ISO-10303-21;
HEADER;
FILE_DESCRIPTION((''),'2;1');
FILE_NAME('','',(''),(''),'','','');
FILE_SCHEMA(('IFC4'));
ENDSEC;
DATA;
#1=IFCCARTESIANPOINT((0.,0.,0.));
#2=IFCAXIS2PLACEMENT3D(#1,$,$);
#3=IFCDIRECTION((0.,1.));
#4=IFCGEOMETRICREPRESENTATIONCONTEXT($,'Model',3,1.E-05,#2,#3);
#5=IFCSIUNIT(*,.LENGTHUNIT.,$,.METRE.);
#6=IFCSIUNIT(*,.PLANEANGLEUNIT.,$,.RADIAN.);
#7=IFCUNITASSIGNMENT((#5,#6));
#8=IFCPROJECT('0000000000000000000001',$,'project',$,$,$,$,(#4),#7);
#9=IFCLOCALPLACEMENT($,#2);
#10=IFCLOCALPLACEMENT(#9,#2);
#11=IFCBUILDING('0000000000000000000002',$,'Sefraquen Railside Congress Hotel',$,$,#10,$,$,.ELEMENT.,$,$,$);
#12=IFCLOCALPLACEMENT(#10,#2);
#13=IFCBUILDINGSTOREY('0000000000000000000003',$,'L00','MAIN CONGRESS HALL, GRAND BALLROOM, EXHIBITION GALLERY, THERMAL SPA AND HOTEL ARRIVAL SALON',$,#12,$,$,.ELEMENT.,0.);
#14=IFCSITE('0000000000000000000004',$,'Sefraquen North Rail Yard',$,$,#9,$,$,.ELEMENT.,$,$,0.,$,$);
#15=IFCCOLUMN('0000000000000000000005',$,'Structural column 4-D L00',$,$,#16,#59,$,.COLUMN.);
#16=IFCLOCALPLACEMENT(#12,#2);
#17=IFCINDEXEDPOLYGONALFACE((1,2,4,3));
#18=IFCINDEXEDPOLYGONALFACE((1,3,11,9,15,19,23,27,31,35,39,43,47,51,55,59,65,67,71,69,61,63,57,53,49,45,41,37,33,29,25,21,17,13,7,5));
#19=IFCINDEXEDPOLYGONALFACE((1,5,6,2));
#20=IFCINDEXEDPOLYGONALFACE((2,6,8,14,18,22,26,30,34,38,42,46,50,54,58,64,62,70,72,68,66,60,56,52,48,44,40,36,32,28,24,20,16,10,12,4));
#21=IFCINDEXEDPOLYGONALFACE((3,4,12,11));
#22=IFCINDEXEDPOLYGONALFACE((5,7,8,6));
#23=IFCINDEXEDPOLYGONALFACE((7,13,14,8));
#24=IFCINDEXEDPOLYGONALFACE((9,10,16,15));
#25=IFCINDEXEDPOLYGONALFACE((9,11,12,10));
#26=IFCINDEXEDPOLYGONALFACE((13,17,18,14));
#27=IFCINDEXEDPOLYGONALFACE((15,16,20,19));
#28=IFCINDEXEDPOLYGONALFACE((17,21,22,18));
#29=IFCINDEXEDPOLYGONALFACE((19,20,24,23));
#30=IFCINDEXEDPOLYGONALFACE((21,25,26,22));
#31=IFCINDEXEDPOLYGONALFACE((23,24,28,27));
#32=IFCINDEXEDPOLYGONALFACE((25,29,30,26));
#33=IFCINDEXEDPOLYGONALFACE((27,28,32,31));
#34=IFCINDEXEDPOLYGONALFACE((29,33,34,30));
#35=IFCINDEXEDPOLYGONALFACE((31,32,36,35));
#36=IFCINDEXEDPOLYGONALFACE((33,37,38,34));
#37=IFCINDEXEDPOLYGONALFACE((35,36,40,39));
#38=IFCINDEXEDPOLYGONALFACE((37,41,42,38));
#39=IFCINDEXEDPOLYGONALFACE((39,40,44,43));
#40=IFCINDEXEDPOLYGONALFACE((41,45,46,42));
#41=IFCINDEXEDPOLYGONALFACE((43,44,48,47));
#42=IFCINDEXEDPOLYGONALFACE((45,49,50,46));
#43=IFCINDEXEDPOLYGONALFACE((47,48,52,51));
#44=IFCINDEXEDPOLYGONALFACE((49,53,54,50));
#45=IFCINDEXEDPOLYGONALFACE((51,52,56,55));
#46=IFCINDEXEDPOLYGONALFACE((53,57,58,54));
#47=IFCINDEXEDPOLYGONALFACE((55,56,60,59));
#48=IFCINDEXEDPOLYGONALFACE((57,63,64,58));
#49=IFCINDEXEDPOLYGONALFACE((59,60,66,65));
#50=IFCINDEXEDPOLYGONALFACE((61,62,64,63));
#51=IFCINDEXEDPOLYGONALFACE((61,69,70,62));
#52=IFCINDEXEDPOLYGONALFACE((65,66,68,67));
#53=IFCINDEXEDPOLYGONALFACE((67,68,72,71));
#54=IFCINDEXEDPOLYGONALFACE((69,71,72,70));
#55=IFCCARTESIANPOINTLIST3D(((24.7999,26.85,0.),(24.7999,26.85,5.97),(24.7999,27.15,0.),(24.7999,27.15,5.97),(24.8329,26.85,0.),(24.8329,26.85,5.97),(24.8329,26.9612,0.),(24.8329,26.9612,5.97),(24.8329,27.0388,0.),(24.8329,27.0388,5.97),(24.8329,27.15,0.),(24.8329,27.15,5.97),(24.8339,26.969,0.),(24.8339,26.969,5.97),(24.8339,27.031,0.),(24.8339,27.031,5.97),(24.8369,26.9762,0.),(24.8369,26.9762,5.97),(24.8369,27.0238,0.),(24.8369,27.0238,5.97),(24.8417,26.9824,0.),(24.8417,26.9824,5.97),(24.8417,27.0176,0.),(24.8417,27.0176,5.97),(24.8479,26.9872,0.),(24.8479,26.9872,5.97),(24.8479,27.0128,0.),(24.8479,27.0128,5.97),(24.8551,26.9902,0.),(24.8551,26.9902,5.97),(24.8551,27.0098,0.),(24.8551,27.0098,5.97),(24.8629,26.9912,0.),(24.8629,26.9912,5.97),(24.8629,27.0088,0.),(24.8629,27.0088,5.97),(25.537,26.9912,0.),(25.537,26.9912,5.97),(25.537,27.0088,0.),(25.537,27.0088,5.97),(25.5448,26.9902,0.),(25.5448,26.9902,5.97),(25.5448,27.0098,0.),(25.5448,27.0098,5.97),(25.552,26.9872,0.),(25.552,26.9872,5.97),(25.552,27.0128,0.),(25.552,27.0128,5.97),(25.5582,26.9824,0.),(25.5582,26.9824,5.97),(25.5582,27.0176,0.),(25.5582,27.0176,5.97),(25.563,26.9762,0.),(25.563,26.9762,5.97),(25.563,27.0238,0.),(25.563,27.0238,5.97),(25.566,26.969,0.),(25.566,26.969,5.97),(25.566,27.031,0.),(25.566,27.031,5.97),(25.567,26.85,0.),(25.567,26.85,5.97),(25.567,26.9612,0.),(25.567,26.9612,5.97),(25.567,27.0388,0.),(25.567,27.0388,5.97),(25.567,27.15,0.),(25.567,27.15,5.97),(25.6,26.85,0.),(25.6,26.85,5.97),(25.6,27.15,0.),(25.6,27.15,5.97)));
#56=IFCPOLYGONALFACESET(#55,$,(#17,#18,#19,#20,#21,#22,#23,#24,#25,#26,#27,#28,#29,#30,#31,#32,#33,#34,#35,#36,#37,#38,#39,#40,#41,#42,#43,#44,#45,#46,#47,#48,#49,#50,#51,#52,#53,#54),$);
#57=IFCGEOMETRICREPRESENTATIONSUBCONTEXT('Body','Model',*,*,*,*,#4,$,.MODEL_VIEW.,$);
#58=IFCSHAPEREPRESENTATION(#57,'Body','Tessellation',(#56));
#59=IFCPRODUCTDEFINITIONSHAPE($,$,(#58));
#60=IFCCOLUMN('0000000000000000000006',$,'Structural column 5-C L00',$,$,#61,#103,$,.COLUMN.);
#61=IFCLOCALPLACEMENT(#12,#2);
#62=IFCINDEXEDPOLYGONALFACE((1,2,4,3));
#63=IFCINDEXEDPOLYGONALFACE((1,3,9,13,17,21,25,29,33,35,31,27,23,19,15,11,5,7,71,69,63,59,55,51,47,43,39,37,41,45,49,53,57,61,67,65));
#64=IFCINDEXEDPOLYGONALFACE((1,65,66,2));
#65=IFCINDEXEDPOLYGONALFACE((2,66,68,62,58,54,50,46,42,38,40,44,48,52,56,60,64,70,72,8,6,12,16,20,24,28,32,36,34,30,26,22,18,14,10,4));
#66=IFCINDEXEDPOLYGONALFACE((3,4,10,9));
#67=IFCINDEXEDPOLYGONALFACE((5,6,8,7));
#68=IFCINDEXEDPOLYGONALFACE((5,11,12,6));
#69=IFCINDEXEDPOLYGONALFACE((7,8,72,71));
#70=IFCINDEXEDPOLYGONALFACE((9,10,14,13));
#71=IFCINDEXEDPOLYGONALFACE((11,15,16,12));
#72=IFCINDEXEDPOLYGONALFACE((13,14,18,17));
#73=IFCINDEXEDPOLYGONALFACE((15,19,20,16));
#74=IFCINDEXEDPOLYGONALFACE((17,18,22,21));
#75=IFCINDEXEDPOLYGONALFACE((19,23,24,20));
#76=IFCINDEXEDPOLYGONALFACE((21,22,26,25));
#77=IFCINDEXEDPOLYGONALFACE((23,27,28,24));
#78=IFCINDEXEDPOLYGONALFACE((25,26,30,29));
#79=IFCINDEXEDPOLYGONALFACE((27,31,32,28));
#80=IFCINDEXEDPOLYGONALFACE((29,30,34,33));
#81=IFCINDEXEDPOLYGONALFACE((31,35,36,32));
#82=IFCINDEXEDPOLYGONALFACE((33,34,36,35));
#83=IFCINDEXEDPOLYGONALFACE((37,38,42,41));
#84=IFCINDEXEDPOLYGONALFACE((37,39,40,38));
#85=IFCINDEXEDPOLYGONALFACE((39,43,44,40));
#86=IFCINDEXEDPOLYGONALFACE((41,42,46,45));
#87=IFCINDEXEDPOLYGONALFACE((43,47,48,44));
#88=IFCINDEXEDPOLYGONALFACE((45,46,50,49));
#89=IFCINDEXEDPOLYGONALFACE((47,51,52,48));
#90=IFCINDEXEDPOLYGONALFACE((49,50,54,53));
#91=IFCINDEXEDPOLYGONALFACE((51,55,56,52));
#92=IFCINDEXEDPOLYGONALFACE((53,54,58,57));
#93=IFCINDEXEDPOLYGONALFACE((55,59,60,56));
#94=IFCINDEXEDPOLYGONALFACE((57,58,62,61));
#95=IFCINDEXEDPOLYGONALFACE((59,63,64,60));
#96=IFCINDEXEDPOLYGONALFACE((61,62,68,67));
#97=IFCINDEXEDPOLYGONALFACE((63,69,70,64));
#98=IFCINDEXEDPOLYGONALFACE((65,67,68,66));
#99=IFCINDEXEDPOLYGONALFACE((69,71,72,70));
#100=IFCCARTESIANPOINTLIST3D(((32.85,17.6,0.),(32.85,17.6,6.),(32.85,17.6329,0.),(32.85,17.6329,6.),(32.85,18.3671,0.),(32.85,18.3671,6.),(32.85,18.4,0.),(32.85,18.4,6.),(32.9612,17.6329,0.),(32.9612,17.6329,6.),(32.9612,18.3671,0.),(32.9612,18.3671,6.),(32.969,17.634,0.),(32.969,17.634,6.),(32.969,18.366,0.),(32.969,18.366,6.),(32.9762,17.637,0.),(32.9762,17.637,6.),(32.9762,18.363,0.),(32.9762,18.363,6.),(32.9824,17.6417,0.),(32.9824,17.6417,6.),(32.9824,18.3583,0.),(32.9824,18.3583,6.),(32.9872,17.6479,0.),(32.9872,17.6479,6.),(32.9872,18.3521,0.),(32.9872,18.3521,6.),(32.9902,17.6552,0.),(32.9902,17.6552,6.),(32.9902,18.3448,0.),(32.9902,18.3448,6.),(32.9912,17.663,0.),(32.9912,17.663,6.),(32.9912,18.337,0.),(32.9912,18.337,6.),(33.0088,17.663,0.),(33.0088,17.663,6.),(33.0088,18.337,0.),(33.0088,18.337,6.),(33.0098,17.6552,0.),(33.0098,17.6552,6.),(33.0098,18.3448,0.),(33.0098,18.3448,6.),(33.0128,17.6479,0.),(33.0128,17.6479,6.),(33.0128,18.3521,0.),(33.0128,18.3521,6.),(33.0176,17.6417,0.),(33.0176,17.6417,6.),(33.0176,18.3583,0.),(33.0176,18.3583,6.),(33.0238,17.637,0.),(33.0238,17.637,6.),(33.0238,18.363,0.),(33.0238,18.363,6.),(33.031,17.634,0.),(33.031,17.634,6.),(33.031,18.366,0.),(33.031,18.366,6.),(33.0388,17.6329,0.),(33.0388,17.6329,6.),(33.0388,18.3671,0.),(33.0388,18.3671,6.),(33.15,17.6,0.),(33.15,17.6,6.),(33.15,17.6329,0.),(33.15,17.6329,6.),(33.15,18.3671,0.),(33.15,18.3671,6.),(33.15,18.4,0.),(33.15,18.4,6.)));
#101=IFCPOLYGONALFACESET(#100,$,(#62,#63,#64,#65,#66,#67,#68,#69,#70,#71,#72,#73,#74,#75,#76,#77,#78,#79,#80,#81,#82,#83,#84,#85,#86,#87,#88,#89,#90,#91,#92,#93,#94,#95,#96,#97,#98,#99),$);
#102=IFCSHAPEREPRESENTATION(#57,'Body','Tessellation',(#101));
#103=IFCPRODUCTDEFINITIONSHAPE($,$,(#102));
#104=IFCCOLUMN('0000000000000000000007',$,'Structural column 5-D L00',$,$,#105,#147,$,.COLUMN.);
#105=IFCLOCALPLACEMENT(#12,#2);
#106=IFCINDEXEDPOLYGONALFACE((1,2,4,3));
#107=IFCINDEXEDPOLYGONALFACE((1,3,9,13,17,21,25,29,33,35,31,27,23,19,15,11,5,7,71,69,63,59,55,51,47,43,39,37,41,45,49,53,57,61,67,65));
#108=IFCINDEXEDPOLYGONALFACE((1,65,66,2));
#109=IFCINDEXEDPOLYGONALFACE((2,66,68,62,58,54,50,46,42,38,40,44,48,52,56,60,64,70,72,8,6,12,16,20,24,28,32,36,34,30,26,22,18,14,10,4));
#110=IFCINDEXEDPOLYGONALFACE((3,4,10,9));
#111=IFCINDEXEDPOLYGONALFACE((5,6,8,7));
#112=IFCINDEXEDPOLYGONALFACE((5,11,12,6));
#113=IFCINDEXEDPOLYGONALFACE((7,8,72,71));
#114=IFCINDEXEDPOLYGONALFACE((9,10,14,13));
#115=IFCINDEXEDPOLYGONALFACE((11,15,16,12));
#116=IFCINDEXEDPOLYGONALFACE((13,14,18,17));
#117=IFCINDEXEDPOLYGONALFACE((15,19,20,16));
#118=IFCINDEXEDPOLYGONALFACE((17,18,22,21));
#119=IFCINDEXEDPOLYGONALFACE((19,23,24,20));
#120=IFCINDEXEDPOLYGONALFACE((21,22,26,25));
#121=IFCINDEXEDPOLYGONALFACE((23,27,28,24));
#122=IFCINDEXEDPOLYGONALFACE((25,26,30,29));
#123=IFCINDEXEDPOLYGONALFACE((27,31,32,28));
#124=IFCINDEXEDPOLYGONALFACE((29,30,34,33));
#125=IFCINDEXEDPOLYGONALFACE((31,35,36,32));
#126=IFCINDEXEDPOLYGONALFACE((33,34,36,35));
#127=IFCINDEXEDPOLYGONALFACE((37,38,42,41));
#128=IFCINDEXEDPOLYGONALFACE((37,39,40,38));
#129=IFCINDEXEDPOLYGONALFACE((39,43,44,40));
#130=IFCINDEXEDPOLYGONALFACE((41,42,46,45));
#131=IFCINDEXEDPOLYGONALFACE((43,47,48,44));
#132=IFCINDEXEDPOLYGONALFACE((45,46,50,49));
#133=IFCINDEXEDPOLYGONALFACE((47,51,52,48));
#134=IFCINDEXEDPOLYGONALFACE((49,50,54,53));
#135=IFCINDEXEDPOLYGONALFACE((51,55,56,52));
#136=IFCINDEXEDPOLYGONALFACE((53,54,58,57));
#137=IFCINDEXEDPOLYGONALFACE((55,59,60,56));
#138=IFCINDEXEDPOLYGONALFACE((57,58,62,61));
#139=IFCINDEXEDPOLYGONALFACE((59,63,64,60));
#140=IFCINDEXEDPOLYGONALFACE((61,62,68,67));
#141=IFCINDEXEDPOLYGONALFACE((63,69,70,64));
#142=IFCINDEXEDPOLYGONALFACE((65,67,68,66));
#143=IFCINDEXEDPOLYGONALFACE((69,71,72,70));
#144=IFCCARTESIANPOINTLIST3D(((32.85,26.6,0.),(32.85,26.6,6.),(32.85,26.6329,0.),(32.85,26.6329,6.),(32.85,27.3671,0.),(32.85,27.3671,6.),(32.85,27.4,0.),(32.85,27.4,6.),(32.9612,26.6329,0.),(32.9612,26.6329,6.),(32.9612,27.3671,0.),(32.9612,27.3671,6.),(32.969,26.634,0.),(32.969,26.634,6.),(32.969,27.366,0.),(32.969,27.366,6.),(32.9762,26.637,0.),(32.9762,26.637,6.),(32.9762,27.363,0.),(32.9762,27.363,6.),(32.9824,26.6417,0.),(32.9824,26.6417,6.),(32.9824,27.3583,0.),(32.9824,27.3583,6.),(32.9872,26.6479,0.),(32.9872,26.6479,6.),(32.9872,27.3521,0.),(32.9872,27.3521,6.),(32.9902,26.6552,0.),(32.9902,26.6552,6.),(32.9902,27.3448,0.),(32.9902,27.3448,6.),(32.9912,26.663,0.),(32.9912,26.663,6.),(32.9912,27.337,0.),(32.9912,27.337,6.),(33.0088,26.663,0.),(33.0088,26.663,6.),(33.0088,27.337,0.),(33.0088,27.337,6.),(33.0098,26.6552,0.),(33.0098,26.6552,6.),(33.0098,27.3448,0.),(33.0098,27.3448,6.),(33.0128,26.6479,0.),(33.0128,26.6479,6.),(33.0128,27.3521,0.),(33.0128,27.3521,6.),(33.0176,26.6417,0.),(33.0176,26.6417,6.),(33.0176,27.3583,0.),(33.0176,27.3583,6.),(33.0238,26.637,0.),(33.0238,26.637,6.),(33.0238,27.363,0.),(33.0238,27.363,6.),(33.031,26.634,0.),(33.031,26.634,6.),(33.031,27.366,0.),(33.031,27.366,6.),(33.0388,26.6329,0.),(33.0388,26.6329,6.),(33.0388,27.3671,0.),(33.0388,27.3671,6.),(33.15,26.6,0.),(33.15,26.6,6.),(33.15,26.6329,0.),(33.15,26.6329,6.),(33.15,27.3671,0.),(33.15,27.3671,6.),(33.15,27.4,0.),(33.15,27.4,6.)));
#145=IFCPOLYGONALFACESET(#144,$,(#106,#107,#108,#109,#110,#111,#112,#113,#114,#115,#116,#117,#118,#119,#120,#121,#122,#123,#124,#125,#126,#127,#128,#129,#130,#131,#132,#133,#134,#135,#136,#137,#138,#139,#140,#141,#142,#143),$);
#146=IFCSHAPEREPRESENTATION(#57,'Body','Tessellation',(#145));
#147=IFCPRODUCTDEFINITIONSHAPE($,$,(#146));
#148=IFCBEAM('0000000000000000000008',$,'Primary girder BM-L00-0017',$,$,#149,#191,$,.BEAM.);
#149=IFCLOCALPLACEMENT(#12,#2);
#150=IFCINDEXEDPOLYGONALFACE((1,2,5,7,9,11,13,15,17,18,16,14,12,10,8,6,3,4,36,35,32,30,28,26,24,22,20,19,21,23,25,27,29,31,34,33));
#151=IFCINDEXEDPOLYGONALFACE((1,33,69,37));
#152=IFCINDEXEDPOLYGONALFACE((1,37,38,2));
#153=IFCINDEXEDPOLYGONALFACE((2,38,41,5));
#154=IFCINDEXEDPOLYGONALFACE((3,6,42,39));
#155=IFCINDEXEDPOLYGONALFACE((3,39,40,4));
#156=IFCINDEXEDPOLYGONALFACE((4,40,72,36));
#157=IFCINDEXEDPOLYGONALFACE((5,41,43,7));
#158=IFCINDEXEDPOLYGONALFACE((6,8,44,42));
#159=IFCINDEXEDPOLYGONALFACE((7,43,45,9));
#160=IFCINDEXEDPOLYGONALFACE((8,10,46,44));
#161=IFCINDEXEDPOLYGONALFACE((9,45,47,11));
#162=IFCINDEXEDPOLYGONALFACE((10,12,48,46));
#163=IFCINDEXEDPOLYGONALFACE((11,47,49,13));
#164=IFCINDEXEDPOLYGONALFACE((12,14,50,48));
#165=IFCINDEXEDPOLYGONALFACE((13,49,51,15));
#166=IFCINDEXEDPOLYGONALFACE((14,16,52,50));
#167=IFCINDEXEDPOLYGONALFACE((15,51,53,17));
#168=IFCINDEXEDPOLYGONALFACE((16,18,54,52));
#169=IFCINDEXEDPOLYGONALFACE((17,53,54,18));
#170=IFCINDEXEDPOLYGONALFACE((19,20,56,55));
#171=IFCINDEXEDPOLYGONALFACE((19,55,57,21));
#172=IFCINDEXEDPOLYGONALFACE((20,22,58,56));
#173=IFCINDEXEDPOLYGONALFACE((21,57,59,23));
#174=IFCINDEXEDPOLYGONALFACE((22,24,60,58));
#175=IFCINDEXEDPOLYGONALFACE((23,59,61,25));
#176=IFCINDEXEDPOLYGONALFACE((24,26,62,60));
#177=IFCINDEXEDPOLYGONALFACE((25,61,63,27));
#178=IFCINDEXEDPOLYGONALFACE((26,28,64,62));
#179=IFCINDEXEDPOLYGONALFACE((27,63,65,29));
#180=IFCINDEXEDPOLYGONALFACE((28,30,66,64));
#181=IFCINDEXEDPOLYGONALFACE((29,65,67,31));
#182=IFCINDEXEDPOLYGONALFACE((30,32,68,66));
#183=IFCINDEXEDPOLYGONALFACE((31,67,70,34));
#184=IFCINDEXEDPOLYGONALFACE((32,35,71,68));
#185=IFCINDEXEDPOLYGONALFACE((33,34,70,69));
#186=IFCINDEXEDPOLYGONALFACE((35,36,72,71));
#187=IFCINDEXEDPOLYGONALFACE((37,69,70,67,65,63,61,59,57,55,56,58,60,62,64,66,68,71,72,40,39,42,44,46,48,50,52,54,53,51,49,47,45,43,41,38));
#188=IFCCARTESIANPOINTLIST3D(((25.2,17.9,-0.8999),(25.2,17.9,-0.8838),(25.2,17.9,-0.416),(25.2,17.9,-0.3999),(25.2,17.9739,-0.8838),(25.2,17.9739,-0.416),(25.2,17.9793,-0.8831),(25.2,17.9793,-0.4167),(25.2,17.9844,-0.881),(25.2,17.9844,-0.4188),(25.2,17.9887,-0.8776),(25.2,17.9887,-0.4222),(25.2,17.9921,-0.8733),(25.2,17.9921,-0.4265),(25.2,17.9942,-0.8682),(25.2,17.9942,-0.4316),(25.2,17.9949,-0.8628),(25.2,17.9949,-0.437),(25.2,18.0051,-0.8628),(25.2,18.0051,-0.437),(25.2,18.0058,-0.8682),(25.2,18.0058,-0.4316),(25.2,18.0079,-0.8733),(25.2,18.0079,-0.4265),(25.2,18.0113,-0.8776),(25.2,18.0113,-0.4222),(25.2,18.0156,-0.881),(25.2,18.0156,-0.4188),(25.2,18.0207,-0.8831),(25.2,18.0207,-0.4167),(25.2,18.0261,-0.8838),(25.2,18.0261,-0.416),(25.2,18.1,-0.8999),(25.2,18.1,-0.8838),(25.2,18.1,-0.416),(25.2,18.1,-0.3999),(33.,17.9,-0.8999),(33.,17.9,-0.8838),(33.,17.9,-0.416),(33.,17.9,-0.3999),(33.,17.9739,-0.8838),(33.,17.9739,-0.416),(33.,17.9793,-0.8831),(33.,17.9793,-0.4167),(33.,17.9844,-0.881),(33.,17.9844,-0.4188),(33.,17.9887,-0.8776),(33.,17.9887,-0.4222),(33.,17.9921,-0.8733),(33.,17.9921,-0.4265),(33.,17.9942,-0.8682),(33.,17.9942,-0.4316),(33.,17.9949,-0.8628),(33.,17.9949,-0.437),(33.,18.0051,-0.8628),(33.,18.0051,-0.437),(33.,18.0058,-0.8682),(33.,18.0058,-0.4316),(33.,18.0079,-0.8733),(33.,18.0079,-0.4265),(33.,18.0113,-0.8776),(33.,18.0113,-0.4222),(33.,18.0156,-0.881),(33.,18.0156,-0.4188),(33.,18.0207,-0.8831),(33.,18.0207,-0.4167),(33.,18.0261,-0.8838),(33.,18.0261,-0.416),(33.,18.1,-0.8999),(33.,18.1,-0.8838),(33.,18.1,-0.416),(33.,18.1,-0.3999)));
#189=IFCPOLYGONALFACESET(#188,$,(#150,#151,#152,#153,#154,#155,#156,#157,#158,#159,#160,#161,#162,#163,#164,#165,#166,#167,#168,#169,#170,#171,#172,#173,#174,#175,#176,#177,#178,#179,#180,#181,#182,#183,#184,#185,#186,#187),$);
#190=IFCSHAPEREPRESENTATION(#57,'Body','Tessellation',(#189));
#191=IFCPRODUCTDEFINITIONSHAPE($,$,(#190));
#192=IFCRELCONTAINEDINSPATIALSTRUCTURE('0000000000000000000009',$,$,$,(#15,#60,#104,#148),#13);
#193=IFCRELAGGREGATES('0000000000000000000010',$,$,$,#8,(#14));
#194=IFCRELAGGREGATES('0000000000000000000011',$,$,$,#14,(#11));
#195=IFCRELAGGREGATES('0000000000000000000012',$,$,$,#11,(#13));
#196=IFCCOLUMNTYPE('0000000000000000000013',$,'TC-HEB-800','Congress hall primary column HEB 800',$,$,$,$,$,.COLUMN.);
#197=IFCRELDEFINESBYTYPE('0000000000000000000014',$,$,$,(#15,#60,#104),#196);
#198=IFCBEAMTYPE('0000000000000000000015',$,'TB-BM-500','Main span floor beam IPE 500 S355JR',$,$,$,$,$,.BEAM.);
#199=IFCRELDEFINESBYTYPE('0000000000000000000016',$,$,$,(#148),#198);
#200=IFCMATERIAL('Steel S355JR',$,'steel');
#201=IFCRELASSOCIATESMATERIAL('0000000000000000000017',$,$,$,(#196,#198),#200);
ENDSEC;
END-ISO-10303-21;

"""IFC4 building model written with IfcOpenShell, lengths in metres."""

from ifc_helpers import new_model, si_unit, direction, frame, origin, origin_2d, place, context, subcontext, project, spatial, i_section, extrude, material, material_profile, profile_set, type_object, element, save


model = new_model("IFC4")

# Units and contexts
model_context = context("Model", 3, precision=1e-05, world=origin(), true_north=direction((0.0, 1.0)))
body_context = subcontext(model_context, "Body", "Model", "MODEL_VIEW")
ifc_project = project(units=[si_unit("LENGTHUNIT", "METRE"), si_unit("PLANEANGLEUNIT", "RADIAN")], contexts=[model_context])

# Site, building, storey
site_placement = place(None, origin())
site = spatial("IfcSite", under=ifc_project, at=site_placement, Name="Sefraquen North Rail Yard", CompositionType="ELEMENT", RefElevation=0.0)
building_placement = place(site_placement, origin())
building = spatial("IfcBuilding", under=site, at=building_placement, Name="Sefraquen Railside Congress Hotel", CompositionType="ELEMENT")
storey_placement = place(building_placement, origin())
storey = spatial("IfcBuildingStorey", under=building, at=storey_placement, Name="L00", Description="MAIN CONGRESS HALL, GRAND BALLROOM, EXHIBITION GALLERY, THERMAL SPA AND HOTEL ARRIVAL SALON", CompositionType="ELEMENT", Elevation=0.0)

# Columns
ifc_material_1 = material(Name="Steel S355JR", Category="steel")
ifc_material_profile_1 = material_profile(ifc_material_1, i_section(OverallWidth=0.3, OverallDepth=0.8, WebThickness=0.0176, FlangeThickness=0.033, FilletRadius=0.03, at=origin_2d()), Name="HEB 800")
ifc_profile_set_1 = profile_set([ifc_material_profile_1], Name="Steel S355JR")
column_type = type_object("IfcColumnType", Name="TC-HEB-800", Description="Congress hall primary column HEB 800", PredefinedType="COLUMN", material=ifc_profile_set_1)
column_placement = place(storey_placement, frame((25.2, 27.0, 0.0), z_axis=(0.0, 0.0, 1.0), x_axis=(0.0, 1.0, 0.0)))
element("IfcColumn", 1, at=column_placement, inside=storey, type_object=column_type, Name="Structural column 4-D L00", PredefinedType="COLUMN", context=body_context, shape_type="SweptSolid", body=[
    extrude(i_section(OverallWidth=0.3, OverallDepth=0.8, WebThickness=0.0176, FlangeThickness=0.033, FilletRadius=0.03, at=origin_2d()), origin(), (0.0, 0.0, 1.0), 5.97),
])
for number, where, z_axis, x_axis, name in (
    (2, (33.0, 18.0, 0.0), (0.0, 0.0, 1.0), (1.0, 0.0, 0.0), "Structural column 5-C L00"),
    (3, (33.0, 27.0, 0.0), (0.0, 0.0, 1.0), (1.0, 0.0, 0.0), "Structural column 5-D L00"),
):
    element("IfcColumn", number, at=place(storey_placement, frame(where, z_axis=z_axis, x_axis=x_axis)), inside=storey, type_object=column_type, Name=name, PredefinedType="COLUMN", context=body_context, shape_type="SweptSolid", body=[
        extrude(i_section(OverallWidth=0.3, OverallDepth=0.8, WebThickness=0.0176, FlangeThickness=0.033, FilletRadius=0.03, at=origin_2d()), origin(), (0.0, 0.0, 1.0), 6.0),
    ])

# Beam
ifc_material_profile_2 = material_profile(ifc_material_1, i_section(OverallWidth=0.2, OverallDepth=0.5, WebThickness=0.0103, FlangeThickness=0.0161, FilletRadius=0.021, at=origin_2d()), Name="IPE 500")
ifc_profile_set_2 = profile_set([ifc_material_profile_2], Name="Steel S355JR")
beam_type_1 = type_object("IfcBeamType", Name="TB-BM-500", Description="Main span floor beam IPE 500 S355JR", PredefinedType="BEAM", material=ifc_profile_set_2)
for number, where, z_axis, x_axis, name in (
    (4, (25.2, 18.0, -0.6499), (1.0, 0.0, 0.0), (0.0, 1.0, 0.0), "Primary girder BM-L00-0017"),
):
    element("IfcBeam", number, at=place(storey_placement, frame(where, z_axis=z_axis, x_axis=x_axis)), inside=storey, type_object=beam_type_1, Name=name, PredefinedType="BEAM", context=body_context, shape_type="SweptSolid", body=[
        extrude(i_section(OverallWidth=0.2, OverallDepth=0.5, WebThickness=0.0103, FlangeThickness=0.0161, FilletRadius=0.021, at=origin_2d()), origin(), (0.0, 0.0, 1.0), 7.8),
    ])

save(model, "model.ifc")
